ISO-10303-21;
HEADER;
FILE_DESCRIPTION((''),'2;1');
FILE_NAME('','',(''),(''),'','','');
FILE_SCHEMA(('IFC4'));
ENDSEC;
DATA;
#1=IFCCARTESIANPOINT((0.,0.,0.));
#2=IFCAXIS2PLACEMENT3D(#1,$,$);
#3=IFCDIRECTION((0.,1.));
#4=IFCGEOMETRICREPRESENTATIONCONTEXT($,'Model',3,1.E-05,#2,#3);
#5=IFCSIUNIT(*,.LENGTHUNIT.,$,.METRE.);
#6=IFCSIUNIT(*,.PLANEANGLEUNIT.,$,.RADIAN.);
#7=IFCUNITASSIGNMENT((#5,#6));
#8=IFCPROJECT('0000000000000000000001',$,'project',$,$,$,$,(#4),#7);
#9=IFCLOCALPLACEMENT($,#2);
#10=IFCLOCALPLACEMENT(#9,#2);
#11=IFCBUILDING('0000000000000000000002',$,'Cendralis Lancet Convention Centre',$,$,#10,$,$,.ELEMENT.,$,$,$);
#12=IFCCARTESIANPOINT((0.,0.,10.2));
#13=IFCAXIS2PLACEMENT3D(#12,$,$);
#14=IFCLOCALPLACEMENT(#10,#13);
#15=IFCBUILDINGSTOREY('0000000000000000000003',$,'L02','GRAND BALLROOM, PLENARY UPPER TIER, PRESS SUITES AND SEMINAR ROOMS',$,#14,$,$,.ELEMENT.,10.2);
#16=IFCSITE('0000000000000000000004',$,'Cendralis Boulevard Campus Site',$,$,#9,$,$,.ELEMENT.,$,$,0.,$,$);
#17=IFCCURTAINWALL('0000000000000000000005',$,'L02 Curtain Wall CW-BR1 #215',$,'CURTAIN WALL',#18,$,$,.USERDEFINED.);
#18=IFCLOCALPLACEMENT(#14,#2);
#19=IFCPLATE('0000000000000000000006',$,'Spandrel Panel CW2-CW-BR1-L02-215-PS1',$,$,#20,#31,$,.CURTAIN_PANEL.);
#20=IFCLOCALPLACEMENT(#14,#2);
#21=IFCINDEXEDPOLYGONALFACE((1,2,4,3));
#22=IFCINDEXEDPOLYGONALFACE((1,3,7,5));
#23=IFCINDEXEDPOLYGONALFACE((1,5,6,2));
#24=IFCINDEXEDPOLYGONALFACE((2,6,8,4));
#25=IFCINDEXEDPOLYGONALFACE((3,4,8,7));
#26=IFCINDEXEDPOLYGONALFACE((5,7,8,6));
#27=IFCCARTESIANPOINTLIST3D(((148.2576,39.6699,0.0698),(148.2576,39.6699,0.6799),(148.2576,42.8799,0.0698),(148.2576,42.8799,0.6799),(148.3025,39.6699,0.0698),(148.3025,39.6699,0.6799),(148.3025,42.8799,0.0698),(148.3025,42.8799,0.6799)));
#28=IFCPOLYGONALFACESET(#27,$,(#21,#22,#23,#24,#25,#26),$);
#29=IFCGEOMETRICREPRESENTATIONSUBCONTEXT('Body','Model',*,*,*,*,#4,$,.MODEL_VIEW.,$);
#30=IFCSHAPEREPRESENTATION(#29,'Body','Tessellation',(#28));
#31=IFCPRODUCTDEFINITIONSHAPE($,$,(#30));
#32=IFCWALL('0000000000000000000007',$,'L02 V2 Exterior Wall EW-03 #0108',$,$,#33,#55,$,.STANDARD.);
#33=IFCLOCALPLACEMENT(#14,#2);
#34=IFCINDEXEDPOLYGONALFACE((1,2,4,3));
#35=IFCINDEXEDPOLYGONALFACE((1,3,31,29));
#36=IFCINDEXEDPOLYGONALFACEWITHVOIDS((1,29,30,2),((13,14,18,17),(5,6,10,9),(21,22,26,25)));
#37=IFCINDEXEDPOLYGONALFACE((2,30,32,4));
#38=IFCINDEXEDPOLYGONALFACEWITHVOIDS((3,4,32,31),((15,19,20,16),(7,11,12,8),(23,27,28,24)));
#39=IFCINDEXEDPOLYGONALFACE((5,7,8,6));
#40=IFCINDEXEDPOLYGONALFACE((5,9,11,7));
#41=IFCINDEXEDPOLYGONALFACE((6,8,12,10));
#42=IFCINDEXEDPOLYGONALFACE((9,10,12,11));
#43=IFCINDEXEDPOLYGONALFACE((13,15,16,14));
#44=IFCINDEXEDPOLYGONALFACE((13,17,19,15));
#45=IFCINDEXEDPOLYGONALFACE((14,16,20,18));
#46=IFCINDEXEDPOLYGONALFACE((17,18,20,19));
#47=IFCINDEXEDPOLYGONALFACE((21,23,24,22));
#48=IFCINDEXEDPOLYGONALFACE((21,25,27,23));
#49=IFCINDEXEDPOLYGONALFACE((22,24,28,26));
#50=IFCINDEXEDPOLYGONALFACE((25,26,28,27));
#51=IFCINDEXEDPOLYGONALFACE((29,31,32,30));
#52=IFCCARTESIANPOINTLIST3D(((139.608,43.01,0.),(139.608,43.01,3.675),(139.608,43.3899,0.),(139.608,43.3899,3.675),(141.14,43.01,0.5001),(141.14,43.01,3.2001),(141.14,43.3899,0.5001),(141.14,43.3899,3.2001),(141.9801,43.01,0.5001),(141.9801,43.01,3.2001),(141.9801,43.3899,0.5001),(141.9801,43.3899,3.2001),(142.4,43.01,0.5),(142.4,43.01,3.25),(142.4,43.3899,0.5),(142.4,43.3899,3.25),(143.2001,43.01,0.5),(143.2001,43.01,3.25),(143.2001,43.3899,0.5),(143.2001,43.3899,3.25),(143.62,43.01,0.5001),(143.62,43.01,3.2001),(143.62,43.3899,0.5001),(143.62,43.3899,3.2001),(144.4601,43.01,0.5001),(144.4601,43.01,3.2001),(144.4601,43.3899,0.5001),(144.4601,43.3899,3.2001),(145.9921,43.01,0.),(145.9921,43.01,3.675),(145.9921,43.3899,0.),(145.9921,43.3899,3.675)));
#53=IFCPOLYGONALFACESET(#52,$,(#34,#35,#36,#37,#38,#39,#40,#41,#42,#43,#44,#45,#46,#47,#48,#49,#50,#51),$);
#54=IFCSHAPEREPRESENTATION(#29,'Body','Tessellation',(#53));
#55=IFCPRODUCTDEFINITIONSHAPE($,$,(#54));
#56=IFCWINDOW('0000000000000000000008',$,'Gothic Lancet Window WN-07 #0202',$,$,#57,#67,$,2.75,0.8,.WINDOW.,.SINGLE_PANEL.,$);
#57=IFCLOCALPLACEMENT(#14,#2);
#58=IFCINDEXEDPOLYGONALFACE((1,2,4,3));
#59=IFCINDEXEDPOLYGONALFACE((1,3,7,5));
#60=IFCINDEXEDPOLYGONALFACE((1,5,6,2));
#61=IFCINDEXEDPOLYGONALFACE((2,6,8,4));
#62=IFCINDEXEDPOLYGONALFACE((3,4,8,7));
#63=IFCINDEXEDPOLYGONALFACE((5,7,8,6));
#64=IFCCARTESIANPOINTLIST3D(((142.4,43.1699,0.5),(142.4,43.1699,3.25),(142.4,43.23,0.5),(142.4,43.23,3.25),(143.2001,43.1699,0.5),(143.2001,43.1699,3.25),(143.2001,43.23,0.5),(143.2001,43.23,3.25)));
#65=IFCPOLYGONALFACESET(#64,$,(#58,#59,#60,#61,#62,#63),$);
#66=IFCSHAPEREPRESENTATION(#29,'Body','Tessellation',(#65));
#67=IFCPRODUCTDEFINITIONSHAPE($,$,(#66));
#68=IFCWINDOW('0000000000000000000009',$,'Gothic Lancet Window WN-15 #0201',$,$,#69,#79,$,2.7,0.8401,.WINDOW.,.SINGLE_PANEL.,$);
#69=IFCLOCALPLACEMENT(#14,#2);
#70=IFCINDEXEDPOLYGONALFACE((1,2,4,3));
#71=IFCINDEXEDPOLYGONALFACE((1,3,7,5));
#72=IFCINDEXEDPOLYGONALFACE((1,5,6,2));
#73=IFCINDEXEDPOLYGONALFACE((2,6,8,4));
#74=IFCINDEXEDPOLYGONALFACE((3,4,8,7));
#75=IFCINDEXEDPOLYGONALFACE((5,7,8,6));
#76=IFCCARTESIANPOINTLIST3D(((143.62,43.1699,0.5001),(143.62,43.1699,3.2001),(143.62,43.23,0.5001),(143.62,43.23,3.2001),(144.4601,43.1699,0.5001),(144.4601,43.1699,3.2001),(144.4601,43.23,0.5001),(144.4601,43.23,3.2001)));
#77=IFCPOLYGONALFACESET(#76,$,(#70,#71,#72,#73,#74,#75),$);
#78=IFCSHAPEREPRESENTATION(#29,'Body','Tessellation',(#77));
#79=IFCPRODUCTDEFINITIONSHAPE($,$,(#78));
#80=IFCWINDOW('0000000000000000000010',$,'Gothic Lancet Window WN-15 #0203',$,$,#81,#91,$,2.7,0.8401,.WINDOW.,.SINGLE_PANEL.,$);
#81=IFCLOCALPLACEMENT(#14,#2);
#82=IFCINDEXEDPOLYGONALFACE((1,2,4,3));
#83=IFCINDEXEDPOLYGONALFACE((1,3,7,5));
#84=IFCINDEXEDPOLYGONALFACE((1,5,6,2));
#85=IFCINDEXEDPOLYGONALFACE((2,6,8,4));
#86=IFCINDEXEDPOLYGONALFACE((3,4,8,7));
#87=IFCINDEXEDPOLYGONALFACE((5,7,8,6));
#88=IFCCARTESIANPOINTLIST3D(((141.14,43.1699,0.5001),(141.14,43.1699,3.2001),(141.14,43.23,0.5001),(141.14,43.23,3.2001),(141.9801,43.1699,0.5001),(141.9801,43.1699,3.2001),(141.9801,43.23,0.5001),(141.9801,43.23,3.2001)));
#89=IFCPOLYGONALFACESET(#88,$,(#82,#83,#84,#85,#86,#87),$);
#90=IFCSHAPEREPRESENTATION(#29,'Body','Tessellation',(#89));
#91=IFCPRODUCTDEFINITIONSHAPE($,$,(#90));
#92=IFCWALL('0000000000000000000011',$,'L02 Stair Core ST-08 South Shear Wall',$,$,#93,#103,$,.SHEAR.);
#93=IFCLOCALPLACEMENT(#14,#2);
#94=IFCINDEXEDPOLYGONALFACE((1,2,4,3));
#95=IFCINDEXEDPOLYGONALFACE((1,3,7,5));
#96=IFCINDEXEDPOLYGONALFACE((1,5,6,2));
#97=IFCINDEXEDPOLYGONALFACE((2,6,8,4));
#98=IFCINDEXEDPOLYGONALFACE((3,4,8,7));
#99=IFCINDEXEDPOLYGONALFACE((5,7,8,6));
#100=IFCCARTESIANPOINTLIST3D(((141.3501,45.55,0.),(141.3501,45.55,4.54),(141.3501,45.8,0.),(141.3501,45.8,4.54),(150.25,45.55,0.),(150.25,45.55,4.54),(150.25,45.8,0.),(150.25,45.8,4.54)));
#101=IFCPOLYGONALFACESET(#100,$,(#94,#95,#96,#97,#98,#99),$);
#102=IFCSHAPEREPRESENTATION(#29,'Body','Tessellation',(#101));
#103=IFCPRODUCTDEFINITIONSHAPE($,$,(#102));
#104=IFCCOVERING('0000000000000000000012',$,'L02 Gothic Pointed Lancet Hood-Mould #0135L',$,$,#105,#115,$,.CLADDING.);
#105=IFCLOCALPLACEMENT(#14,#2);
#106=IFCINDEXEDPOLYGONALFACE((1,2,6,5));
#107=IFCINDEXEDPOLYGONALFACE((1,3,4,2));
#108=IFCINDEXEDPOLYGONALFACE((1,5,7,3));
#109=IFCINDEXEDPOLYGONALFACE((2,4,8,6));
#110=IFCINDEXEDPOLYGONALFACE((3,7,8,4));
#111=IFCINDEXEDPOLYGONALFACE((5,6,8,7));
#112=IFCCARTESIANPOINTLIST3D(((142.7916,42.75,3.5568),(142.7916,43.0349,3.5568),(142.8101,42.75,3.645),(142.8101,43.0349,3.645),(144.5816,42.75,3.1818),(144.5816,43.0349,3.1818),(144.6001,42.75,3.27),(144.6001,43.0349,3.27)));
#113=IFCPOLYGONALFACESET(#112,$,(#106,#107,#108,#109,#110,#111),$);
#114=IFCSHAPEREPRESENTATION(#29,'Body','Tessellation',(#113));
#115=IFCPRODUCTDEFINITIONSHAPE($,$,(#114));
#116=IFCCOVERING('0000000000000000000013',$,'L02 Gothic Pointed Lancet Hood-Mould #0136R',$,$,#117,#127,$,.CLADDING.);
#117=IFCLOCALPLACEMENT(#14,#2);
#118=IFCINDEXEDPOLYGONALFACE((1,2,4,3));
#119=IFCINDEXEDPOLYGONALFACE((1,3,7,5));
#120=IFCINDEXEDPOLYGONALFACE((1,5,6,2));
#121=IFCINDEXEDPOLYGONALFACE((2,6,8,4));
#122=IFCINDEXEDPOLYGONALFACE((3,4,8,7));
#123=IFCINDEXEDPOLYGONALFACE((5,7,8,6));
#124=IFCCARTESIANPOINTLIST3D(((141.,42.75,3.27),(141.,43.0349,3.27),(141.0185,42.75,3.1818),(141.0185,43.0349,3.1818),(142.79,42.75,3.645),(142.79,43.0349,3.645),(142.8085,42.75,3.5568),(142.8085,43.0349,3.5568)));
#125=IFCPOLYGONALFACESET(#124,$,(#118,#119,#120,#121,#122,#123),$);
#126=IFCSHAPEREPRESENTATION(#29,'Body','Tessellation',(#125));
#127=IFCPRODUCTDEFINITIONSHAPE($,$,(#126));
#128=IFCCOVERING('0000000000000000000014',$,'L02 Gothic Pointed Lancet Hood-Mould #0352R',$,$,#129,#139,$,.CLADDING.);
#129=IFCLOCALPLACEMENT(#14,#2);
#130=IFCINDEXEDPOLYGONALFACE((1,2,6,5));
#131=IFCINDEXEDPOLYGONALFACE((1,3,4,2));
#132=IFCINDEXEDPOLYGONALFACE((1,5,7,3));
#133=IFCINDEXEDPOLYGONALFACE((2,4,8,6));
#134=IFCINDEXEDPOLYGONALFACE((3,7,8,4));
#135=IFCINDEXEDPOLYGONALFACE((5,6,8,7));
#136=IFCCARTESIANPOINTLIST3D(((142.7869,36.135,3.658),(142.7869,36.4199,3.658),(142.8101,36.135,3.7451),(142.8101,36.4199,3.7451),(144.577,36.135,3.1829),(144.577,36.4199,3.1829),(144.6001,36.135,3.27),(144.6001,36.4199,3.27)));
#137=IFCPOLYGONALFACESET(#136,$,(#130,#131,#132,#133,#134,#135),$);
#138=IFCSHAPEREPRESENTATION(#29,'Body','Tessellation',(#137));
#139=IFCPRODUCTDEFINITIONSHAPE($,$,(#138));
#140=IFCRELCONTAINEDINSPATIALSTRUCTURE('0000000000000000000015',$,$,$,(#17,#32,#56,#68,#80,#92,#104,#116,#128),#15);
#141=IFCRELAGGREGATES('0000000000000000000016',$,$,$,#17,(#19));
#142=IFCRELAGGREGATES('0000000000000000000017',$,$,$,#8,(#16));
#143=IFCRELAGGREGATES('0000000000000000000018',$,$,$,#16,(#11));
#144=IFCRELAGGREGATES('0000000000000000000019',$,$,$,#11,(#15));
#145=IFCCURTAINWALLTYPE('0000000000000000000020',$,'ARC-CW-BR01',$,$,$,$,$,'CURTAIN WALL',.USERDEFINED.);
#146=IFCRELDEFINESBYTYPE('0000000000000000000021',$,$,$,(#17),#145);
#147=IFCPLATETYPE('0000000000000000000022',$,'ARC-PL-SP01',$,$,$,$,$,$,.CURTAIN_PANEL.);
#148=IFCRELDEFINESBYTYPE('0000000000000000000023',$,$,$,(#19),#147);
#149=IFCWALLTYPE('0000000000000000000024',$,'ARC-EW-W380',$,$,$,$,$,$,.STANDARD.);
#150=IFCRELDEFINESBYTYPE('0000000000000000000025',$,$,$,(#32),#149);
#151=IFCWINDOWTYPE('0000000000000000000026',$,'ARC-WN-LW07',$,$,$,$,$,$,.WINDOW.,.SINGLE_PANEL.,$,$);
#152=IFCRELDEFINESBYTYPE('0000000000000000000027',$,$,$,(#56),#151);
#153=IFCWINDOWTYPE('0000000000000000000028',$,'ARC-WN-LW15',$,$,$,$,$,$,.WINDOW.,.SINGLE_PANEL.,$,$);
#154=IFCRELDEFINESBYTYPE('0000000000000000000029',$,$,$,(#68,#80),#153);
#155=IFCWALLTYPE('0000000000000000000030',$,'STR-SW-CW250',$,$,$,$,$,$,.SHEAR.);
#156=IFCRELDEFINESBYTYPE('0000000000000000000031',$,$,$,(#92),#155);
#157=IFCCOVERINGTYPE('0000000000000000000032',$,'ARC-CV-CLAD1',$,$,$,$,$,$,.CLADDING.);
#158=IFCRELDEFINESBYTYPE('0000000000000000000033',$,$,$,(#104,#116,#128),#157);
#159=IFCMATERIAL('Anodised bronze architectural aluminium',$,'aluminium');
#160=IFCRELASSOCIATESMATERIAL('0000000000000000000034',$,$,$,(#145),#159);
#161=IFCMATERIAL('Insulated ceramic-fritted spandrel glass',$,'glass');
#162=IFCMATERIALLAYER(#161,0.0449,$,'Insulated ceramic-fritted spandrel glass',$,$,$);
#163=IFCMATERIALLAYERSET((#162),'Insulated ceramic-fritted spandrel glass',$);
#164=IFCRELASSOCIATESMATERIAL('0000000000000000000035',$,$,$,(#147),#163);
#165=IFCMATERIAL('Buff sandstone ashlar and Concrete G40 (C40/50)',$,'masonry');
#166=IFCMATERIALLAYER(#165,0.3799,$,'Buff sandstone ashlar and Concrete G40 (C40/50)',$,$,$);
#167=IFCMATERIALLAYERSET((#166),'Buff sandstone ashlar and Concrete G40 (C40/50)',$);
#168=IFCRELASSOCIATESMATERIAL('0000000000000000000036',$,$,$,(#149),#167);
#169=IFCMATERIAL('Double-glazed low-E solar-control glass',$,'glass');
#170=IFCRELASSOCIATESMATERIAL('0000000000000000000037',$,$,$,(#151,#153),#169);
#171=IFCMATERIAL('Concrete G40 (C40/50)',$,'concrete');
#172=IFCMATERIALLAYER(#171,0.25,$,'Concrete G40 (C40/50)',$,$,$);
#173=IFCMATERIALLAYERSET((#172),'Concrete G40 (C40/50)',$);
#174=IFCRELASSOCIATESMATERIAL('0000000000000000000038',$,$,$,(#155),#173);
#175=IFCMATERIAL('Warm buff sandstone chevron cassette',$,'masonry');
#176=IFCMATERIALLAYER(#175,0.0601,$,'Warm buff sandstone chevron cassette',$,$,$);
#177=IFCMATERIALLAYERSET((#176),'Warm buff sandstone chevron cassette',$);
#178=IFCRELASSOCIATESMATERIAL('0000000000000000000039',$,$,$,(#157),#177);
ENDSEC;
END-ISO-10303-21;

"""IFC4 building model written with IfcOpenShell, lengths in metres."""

from ifc_helpers import new_model, si_unit, direction, frame, frame_2d, origin, origin_2d, place, context, subcontext, project, spatial, polyline, rectangle, outline, extrude, material, layer, layer_set, type_object, element, fill, aggregate, save


model = new_model("IFC4")

# Units and contexts
model_context = context("Model", 3, precision=1e-05, world=origin(), true_north=direction((0.0, 1.0)))
body_context = subcontext(model_context, "Body", "Model", "MODEL_VIEW")
ifc_project = project(units=[si_unit("LENGTHUNIT", "METRE"), si_unit("PLANEANGLEUNIT", "RADIAN")], contexts=[model_context])

# Site, building, storey
site_placement = place(None, origin())
site = spatial("IfcSite", under=ifc_project, at=site_placement, Name="Cendralis Boulevard Campus Site", CompositionType="ELEMENT", RefElevation=0.0)
building_placement = place(site_placement, origin())
building = spatial("IfcBuilding", under=site, at=building_placement, Name="Cendralis Lancet Convention Centre", CompositionType="ELEMENT")
storey_placement = place(building_placement, frame((0.0, 0.0, 10.2)))
storey = spatial("IfcBuildingStorey", under=building, at=storey_placement, Name="L02", Description="GRAND BALLROOM, PLENARY UPPER TIER, PRESS SUITES AND SEMINAR ROOMS", CompositionType="ELEMENT", Elevation=10.2)

# Shared definitions
ifc_material_1 = material(Name="Concrete G40 (C40/50)", Category="concrete")

# Curtain wall
ifc_material_2 = material(Name="Anodised bronze architectural aluminium", Category="aluminium")
curtain_wall_type = type_object("IfcCurtainWallType", Name="ARC-CW-BR01", ElementType="CURTAIN WALL", PredefinedType="USERDEFINED", material=ifc_material_2)
curtain_wall_placement = place(storey_placement, origin())
curtain_wall = element("IfcCurtainWall", 1, at=curtain_wall_placement, inside=storey, type_object=curtain_wall_type, Name="L02 Curtain Wall CW-BR1 #215", ObjectType="CURTAIN WALL", PredefinedType="USERDEFINED")

# Plate
ifc_material_3 = material(Name="Double-glazed low-E solar-control glass", Category="glass")
ifc_material_4 = material(Name="Insulated ceramic-fritted spandrel glass", Category="glass")
ifc_layer_1 = layer(ifc_material_4, 0.0449, Name="Insulated ceramic-fritted spandrel glass")
ifc_layer_set_1 = layer_set([ifc_layer_1], Name="Insulated ceramic-fritted spandrel glass")
plate_type_1 = type_object("IfcPlateType", Name="ARC-PL-SP01", PredefinedType="CURTAIN_PANEL", material=ifc_layer_set_1)
plate_1_placement = place(storey_placement, frame((148.28, 41.2749, 0.0698), z_axis=(0.0, 0.0, 1.0), x_axis=(0.0, 1.0, 0.0)))
plate_1 = element("IfcPlate", 2, at=plate_1_placement, type_object=plate_type_1, Name="Spandrel Panel CW2-CW-BR1-L02-215-PS1", PredefinedType="CURTAIN_PANEL", context=body_context, shape_type="SweptSolid", body=[
    extrude(rectangle(XDim=3.21, YDim=0.0449, at=origin_2d()), origin(), (0.0, 0.0, 1.0), 0.6101),
])
aggregate(curtain_wall, [plate_1])

# Wall, openings, windows
ifc_material_5 = material(Name="Buff sandstone ashlar and Concrete G40 (C40/50)", Category="masonry")
ifc_layer_2 = layer(ifc_material_5, 0.3799, Name="Buff sandstone ashlar and Concrete G40 (C40/50)")
ifc_layer_set_2 = layer_set([ifc_layer_2], Name="Buff sandstone ashlar and Concrete G40 (C40/50)")
wall_type_1 = type_object("IfcWallType", Name="ARC-EW-W380", PredefinedType="STANDARD", material=ifc_layer_set_2)
wall_1_placement = place(storey_placement, frame((145.9919, 43.2, 0.0), z_axis=(0.0, 0.0, 1.0), x_axis=(-1.0, 0.0, 0.0)))
wall_1 = element("IfcWall", 3, at=wall_1_placement, inside=storey, type_object=wall_type_1, Name="L02 V2 Exterior Wall EW-03 #0108", PredefinedType="STANDARD", context=body_context, shape_type="SweptSolid", body=[
    extrude(rectangle(XDim=6.384, YDim=0.3799, at=frame_2d((3.1919, 0.0))), origin(), (0.0, 0.0, 1.0), 3.675),
])
opening_1_placement = place(wall_1_placement, frame((1.532, 0.0, 0.5)))
opening_1 = element("IfcOpeningElement", 4, at=opening_1_placement, cuts=wall_1, PredefinedType="OPENING", context=body_context, shape_type="SweptSolid", body=[
    extrude(rectangle(XDim=0.8401, YDim=2.7, at=frame_2d((0.4199, 1.3501))), frame((0.0, 0.2, 0.0), z_axis=(0.0, -1.0, 0.0), x_axis=(1.0, 0.0, 0.0)), (0.0, 0.0, 1.0), 0.3999),
])
opening_2_placement = place(wall_1_placement, frame((2.792, 0.0, 0.5)))
opening_2 = element("IfcOpeningElement", 5, at=opening_2_placement, cuts=wall_1, PredefinedType="OPENING", context=body_context, shape_type="SweptSolid", body=[
    extrude(rectangle(XDim=0.8, YDim=2.75, at=frame_2d((0.3999, 1.375))), frame((0.0, 0.2, 0.0), z_axis=(0.0, -1.0, 0.0), x_axis=(1.0, 0.0, 0.0)), (0.0, 0.0, 1.0), 0.3999),
])
opening_3_placement = place(wall_1_placement, frame((4.012, 0.0, 0.5)))
opening_3 = element("IfcOpeningElement", 6, at=opening_3_placement, cuts=wall_1, PredefinedType="OPENING", context=body_context, shape_type="SweptSolid", body=[
    extrude(rectangle(XDim=0.8401, YDim=2.7, at=frame_2d((0.4199, 1.3501))), frame((0.0, 0.2, 0.0), z_axis=(0.0, -1.0, 0.0), x_axis=(1.0, 0.0, 0.0)), (0.0, 0.0, 1.0), 0.3999),
])
window_type_1 = type_object("IfcWindowType", Name="ARC-WN-LW07", PartitioningType="SINGLE_PANEL", PredefinedType="WINDOW", material=ifc_material_3)
window_1_placement = place(opening_2_placement, origin())
window_1 = element("IfcWindow", 7, at=window_1_placement, inside=storey, type_object=window_type_1, Name="Gothic Lancet Window WN-07 #0202", OverallHeight=2.75, OverallWidth=0.8, PartitioningType="SINGLE_PANEL", PredefinedType="WINDOW", context=body_context, shape_type="SweptSolid", body=[
    extrude(rectangle(XDim=0.8, YDim=2.75, at=frame_2d((0.3999, 1.375))), frame((0.0, 0.03, 0.0), z_axis=(0.0, -1.0, 0.0), x_axis=(1.0, 0.0, 0.0)), (0.0, 0.0, 1.0), 0.0601),
])
fill(opening_2, window_1)
window_type_2 = type_object("IfcWindowType", Name="ARC-WN-LW15", PartitioningType="SINGLE_PANEL", PredefinedType="WINDOW", material=ifc_material_3)
window_2_placement = place(opening_1_placement, origin())
window_2 = element("IfcWindow", 8, at=window_2_placement, inside=storey, type_object=window_type_2, Name="Gothic Lancet Window WN-15 #0201", OverallHeight=2.7, OverallWidth=0.8401, PartitioningType="SINGLE_PANEL", PredefinedType="WINDOW", context=body_context, shape_type="SweptSolid", body=[
    extrude(rectangle(XDim=0.8401, YDim=2.7, at=frame_2d((0.4199, 1.3501))), frame((0.0, 0.03, 0.0), z_axis=(0.0, -1.0, 0.0), x_axis=(1.0, 0.0, 0.0)), (0.0, 0.0, 1.0), 0.0601),
])
fill(opening_1, window_2)
window_3_placement = place(opening_3_placement, origin())
window_3 = element("IfcWindow", 9, at=window_3_placement, inside=storey, type_object=window_type_2, Name="Gothic Lancet Window WN-15 #0203", OverallHeight=2.7, OverallWidth=0.8401, PartitioningType="SINGLE_PANEL", PredefinedType="WINDOW", context=body_context, shape_type="SweptSolid", body=[
    extrude(rectangle(XDim=0.8401, YDim=2.7, at=frame_2d((0.4199, 1.3501))), frame((0.0, 0.03, 0.0), z_axis=(0.0, -1.0, 0.0), x_axis=(1.0, 0.0, 0.0)), (0.0, 0.0, 1.0), 0.0601),
])
fill(opening_3, window_3)

# Shared definitions
ifc_layer_3 = layer(ifc_material_1, 0.25, Name="Concrete G40 (C40/50)")
ifc_layer_set_3 = layer_set([ifc_layer_3], Name="Concrete G40 (C40/50)")
wall_type_2 = type_object("IfcWallType", Name="STR-SW-CW250", PredefinedType="SHEAR", material=ifc_layer_set_3)

# Wall
wall_2_placement = place(storey_placement, frame((141.3501, 45.675, 0.0), z_axis=(0.0, 0.0, 1.0), x_axis=(1.0, 0.0, 0.0)))
element("IfcWall", 10, at=wall_2_placement, inside=storey, type_object=wall_type_2, Name="L02 Stair Core ST-08 South Shear Wall", PredefinedType="SHEAR", context=body_context, shape_type="SweptSolid", body=[
    extrude(rectangle(XDim=8.8999, YDim=0.25, at=frame_2d((4.45, 0.0))), origin(), (0.0, 0.0, 1.0), 4.54),
])

# Coverings
ifc_material_6 = material(Name="Warm buff sandstone chevron cassette", Category="masonry")
ifc_layer_4 = layer(ifc_material_6, 0.0601, Name="Warm buff sandstone chevron cassette")
ifc_layer_set_4 = layer_set([ifc_layer_4], Name="Warm buff sandstone chevron cassette")
covering_type = type_object("IfcCoveringType", Name="ARC-CV-CLAD1", PredefinedType="CLADDING", material=ifc_layer_set_4)
for number, where, z_axis, x_axis, name in (
    (11, (144.6001, 42.75, 3.27), (0.205042, 0.0, 0.978753), (0.0, 1.0, 0.0), "L02 Gothic Pointed Lancet Hood-Mould #0135L"),
    (12, (142.79, 42.75, 3.645), (-0.205042, 0.0, 0.978753), (0.0, 1.0, 0.0), "L02 Gothic Pointed Lancet Hood-Mould #0136R"),
):
    element("IfcCovering", number, at=place(storey_placement, frame(where, z_axis=z_axis, x_axis=x_axis)), inside=storey, type_object=covering_type, Name=name, PredefinedType="CLADDING", context=body_context, shape_type="SweptSolid", body=[
        extrude(outline(polyline([(0.0, 0.0), (0.2849, 0.0), (0.2849, 1.8289), (0.0, 1.8289), (0.0, 0.0)])), origin(), (0.0, 0.0, -1.0), 0.0901),
    ])
covering_placement = place(storey_placement, frame((142.8101, 36.4199, 3.7451), z_axis=(0.25653, 0.0, 0.966536), x_axis=(0.0, -1.0, 0.0)))
element("IfcCovering", 13, at=covering_placement, inside=storey, type_object=covering_type, Name="L02 Gothic Pointed Lancet Hood-Mould #0352R", PredefinedType="CLADDING", context=body_context, shape_type="SweptSolid", body=[
    extrude(outline(polyline([(0.0, 0.0), (0.2849, 0.0), (0.2849, 1.852), (0.0, 1.852), (0.0, 0.0)])), origin(), (0.0, 0.0, -1.0), 0.0901),
])

save(model, "model.ifc")
